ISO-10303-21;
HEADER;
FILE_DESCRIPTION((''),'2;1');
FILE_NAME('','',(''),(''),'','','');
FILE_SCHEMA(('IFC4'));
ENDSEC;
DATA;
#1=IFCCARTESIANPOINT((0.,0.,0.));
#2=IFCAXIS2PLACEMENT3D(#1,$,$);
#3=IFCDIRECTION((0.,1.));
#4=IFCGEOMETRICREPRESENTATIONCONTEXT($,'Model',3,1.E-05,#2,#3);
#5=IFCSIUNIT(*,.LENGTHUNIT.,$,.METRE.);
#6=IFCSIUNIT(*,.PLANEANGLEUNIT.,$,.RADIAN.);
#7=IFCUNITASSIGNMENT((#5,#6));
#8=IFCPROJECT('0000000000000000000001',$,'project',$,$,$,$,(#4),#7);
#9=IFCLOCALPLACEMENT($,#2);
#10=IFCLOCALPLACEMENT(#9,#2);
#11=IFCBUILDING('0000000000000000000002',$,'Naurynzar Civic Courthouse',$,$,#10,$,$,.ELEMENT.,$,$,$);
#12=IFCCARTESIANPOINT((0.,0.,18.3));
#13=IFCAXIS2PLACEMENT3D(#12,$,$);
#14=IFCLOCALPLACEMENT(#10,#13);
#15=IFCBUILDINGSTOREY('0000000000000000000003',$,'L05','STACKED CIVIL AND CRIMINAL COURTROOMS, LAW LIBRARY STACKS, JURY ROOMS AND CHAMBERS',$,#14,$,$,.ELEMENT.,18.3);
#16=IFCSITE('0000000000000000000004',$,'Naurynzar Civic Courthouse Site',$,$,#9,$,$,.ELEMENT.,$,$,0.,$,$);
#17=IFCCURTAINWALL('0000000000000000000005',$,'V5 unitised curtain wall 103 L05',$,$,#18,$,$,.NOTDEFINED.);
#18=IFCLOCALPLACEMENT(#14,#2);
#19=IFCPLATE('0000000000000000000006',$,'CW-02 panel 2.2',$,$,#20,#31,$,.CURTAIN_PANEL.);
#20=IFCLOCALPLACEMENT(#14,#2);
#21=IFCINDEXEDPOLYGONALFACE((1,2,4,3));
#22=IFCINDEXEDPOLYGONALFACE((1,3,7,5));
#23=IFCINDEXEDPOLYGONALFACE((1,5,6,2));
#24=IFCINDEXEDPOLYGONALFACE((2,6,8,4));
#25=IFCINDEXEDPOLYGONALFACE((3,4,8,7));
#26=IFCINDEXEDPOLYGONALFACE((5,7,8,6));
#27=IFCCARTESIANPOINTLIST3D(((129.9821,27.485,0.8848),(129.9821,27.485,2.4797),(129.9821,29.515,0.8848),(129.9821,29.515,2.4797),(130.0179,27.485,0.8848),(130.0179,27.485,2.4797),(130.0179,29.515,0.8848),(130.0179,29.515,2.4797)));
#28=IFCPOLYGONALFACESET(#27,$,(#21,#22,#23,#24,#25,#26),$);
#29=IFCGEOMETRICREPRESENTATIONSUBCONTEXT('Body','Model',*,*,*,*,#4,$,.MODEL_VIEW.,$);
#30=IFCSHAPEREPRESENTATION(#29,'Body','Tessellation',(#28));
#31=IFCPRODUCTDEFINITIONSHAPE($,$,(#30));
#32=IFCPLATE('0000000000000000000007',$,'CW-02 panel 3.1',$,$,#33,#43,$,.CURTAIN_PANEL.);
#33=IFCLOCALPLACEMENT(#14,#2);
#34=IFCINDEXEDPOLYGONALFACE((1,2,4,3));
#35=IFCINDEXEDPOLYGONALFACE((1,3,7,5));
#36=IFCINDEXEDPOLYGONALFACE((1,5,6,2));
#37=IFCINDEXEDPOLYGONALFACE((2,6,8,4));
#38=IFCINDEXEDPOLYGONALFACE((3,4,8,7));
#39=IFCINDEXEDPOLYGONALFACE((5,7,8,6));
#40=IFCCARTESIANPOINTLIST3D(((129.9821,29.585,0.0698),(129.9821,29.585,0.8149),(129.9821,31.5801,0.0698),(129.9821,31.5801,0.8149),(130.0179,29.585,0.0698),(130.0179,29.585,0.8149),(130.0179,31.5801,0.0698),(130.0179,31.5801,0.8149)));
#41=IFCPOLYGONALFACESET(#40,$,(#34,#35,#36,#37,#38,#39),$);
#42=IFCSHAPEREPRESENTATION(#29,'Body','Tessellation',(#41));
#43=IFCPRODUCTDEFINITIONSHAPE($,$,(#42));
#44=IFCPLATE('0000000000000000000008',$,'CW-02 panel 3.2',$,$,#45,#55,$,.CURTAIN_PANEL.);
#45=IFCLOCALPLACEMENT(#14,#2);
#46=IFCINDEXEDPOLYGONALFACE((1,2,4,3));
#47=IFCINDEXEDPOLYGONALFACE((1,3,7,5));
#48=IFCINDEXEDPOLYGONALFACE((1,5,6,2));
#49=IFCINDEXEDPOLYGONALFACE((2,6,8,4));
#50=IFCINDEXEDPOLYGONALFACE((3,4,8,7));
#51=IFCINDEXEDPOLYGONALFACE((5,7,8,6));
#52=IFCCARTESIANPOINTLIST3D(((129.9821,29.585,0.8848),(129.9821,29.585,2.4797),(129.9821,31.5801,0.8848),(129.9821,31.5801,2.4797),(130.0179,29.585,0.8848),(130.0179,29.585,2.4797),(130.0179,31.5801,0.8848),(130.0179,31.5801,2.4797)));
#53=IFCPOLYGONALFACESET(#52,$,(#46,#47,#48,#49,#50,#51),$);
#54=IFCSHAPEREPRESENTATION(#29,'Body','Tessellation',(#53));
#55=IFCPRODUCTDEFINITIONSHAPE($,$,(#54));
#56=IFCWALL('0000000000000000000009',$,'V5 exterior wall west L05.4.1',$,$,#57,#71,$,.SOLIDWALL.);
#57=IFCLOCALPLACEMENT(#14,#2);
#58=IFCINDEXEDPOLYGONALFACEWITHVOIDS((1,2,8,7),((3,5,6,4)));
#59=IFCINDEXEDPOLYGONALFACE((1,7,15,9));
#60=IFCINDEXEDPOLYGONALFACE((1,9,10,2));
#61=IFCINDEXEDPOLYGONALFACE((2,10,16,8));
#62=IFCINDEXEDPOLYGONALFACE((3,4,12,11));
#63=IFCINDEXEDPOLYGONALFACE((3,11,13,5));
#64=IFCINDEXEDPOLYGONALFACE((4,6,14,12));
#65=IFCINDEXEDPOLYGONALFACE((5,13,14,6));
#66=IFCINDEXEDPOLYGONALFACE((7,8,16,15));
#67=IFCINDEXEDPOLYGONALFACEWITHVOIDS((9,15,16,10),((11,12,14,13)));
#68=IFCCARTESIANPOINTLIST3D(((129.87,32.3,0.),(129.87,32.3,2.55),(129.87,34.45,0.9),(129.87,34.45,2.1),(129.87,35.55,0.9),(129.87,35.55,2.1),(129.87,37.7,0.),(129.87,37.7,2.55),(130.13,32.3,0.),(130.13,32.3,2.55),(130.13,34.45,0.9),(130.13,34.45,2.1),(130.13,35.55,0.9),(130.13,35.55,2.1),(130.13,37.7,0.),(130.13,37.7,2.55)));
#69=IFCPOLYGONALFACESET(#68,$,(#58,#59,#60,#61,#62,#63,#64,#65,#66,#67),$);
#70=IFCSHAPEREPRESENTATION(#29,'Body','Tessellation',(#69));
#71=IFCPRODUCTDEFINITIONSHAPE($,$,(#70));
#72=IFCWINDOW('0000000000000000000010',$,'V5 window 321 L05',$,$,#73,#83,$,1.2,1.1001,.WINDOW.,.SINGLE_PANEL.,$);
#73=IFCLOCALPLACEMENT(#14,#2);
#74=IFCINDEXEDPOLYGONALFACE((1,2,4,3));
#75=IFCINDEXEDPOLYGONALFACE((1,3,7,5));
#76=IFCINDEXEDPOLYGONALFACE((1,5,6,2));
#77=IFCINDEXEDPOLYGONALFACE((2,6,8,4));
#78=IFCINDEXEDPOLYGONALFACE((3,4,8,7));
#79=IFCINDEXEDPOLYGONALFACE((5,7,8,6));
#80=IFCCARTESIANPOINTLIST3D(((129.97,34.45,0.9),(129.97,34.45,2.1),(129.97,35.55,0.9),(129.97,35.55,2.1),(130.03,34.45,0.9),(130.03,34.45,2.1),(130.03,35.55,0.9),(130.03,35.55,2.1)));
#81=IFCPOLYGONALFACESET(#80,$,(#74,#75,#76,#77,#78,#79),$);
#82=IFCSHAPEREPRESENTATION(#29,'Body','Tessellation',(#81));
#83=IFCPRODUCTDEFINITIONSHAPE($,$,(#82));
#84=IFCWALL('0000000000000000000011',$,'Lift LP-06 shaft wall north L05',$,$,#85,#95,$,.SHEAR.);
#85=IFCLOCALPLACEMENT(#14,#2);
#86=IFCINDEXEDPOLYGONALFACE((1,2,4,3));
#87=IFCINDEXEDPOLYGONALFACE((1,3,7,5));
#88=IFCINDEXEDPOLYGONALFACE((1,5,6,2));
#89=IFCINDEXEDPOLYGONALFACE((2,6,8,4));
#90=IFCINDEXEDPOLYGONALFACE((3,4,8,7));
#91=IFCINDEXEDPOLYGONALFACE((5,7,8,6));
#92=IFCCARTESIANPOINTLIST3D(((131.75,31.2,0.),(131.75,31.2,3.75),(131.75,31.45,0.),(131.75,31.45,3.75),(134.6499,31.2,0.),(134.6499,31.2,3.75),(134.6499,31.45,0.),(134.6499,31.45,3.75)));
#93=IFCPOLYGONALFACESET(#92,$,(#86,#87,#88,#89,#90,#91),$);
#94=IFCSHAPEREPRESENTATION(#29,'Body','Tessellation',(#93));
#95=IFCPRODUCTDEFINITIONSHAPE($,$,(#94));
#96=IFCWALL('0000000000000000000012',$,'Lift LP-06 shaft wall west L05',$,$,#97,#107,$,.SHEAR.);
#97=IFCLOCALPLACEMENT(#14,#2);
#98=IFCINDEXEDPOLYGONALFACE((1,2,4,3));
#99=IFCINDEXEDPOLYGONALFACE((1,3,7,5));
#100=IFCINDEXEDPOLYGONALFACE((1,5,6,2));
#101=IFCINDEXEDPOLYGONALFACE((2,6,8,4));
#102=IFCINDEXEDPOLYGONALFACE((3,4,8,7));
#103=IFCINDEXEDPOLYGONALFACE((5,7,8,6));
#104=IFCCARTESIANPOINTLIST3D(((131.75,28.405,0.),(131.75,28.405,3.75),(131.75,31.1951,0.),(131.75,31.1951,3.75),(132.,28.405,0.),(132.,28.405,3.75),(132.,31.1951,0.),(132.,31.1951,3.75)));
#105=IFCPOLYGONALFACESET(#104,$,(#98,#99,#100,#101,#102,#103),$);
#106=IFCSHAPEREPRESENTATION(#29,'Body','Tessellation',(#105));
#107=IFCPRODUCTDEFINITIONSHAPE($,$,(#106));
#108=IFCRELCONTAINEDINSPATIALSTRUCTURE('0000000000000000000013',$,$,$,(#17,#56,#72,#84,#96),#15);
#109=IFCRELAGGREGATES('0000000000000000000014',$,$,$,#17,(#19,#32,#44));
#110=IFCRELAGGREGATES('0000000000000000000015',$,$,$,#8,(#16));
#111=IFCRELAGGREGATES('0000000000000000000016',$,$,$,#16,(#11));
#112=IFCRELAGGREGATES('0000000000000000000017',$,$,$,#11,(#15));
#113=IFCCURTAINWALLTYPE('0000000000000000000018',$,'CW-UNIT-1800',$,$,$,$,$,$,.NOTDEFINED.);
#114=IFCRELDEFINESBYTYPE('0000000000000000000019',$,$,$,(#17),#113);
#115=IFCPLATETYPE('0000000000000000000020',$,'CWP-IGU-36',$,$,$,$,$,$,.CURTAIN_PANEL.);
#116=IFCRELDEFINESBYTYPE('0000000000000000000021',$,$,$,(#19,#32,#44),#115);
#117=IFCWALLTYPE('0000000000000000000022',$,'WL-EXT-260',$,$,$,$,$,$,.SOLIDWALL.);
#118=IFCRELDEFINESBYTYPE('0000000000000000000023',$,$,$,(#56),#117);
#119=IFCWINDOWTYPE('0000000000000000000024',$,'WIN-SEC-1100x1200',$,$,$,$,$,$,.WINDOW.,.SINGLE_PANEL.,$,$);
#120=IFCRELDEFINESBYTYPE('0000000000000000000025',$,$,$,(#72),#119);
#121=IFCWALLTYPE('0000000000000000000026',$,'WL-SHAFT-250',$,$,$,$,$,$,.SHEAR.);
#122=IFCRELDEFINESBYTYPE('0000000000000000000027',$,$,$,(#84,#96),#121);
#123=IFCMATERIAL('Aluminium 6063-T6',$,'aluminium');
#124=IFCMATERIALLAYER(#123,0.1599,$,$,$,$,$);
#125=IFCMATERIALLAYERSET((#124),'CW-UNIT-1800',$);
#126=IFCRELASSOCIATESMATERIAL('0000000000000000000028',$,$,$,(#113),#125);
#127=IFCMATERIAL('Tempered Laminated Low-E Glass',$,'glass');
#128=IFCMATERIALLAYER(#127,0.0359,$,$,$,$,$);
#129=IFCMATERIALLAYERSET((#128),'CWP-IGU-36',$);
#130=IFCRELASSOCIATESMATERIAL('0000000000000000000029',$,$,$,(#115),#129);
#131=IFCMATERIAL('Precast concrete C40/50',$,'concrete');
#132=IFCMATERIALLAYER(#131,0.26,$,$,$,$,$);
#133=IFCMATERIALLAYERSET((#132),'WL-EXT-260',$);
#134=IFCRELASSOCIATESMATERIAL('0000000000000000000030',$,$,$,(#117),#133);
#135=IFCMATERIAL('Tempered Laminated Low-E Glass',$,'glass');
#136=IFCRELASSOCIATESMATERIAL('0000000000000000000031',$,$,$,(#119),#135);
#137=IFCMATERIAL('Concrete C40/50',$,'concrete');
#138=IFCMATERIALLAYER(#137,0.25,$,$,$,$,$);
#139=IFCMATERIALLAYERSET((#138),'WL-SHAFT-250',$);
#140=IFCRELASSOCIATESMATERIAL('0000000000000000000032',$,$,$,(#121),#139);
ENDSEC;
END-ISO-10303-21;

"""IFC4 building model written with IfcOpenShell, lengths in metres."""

from ifc_helpers import new_model, si_unit, direction, frame, frame_2d, origin, origin_2d, place, context, subcontext, project, spatial, rectangle, extrude, material, layer, layer_set, type_object, element, fill, aggregate, save


model = new_model("IFC4")

# Units and contexts
model_context = context("Model", 3, precision=1e-05, world=origin(), true_north=direction((0.0, 1.0)))
body_context = subcontext(model_context, "Body", "Model", "MODEL_VIEW")
ifc_project = project(units=[si_unit("LENGTHUNIT", "METRE"), si_unit("PLANEANGLEUNIT", "RADIAN")], contexts=[model_context])

# Site, building, storey
site_placement = place(None, origin())
site = spatial("IfcSite", under=ifc_project, at=site_placement, Name="Naurynzar Civic Courthouse Site", CompositionType="ELEMENT", RefElevation=0.0)
building_placement = place(site_placement, origin())
building = spatial("IfcBuilding", under=site, at=building_placement, Name="Naurynzar Civic Courthouse", CompositionType="ELEMENT")
storey_placement = place(building_placement, frame((0.0, 0.0, 18.3)))
storey = spatial("IfcBuildingStorey", under=building, at=storey_placement, Name="L05", Description="STACKED CIVIL AND CRIMINAL COURTROOMS, LAW LIBRARY STACKS, JURY ROOMS AND CHAMBERS", CompositionType="ELEMENT", Elevation=18.3)

# Curtain wall, plates
ifc_material_1 = material(Name="Aluminium 6063-T6", Category="aluminium")
ifc_layer_1 = layer(ifc_material_1, 0.1599)
ifc_layer_set_1 = layer_set([ifc_layer_1], Name="CW-UNIT-1800")
curtain_wall_type = type_object("IfcCurtainWallType", Name="CW-UNIT-1800", PredefinedType="NOTDEFINED", material=ifc_layer_set_1)
curtain_wall_placement = place(storey_placement, origin())
curtain_wall = element("IfcCurtainWall", 1, at=curtain_wall_placement, inside=storey, type_object=curtain_wall_type, Name="V5 unitised curtain wall 103 L05", PredefinedType="NOTDEFINED")
ifc_material_2 = material(Name="Tempered Laminated Low-E Glass", Category="glass")
ifc_layer_2 = layer(ifc_material_2, 0.0359)
ifc_layer_set_2 = layer_set([ifc_layer_2], Name="CWP-IGU-36")
plate_type = type_object("IfcPlateType", Name="CWP-IGU-36", PredefinedType="CURTAIN_PANEL", material=ifc_layer_set_2)
plate_1_placement = place(storey_placement, frame((130.0, 28.5, 0.8848), z_axis=(0.0, 0.0, 1.0), x_axis=(0.0, 1.0, 0.0)))
plate_1 = element("IfcPlate", 2, at=plate_1_placement, type_object=plate_type, Name="CW-02 panel 2.2", PredefinedType="CURTAIN_PANEL", context=body_context, shape_type="SweptSolid", body=[
    extrude(rectangle(XDim=2.03, YDim=0.0359, at=origin_2d()), origin(), (0.0, 0.0, 1.0), 1.595),
])
plate_2_placement = place(storey_placement, frame((130.0, 30.5825, 0.0698), z_axis=(0.0, 0.0, 1.0), x_axis=(0.0, 1.0, 0.0)))
plate_2 = element("IfcPlate", 3, at=plate_2_placement, type_object=plate_type, Name="CW-02 panel 3.1", PredefinedType="CURTAIN_PANEL", context=body_context, shape_type="SweptSolid", body=[
    extrude(rectangle(XDim=1.9951, YDim=0.0359, at=origin_2d()), origin(), (0.0, 0.0, 1.0), 0.7451),
])
plate_3_placement = place(storey_placement, frame((130.0, 30.5825, 0.8848), z_axis=(0.0, 0.0, 1.0), x_axis=(0.0, 1.0, 0.0)))
plate_3 = element("IfcPlate", 4, at=plate_3_placement, type_object=plate_type, Name="CW-02 panel 3.2", PredefinedType="CURTAIN_PANEL", context=body_context, shape_type="SweptSolid", body=[
    extrude(rectangle(XDim=1.9951, YDim=0.0359, at=origin_2d()), origin(), (0.0, 0.0, 1.0), 1.595),
])
aggregate(curtain_wall, [plate_1, plate_2, plate_3])

# Wall, opening, window
ifc_material_3 = material(Name="Precast concrete C40/50", Category="concrete")
ifc_layer_3 = layer(ifc_material_3, 0.26)
ifc_layer_set_3 = layer_set([ifc_layer_3], Name="WL-EXT-260")
wall_type_1 = type_object("IfcWallType", Name="WL-EXT-260", PredefinedType="SOLIDWALL", material=ifc_layer_set_3)
wall_1_placement = place(storey_placement, frame((130.0, 32.3, 0.0), z_axis=(0.0, 0.0, 1.0), x_axis=(0.0, 1.0, 0.0)))
wall_1 = element("IfcWall", 5, at=wall_1_placement, inside=storey, type_object=wall_type_1, Name="V5 exterior wall west L05.4.1", PredefinedType="SOLIDWALL", context=body_context, shape_type="SweptSolid", body=[
    extrude(rectangle(XDim=5.3999, YDim=0.26, at=frame_2d((2.7, 0.0))), origin(), (0.0, 0.0, 1.0), 2.55),
])
opening_1_placement = place(wall_1_placement, frame((2.1499, 0.0, 0.8999)))
opening_1 = element("IfcOpeningElement", 6, at=opening_1_placement, cuts=wall_1, PredefinedType="OPENING", context=body_context, shape_type="SweptSolid", body=[
    extrude(rectangle(XDim=1.1001, YDim=1.2, at=frame_2d((0.55, 0.6001))), frame((0.0, 0.1399, 0.0), z_axis=(0.0, -1.0, 0.0), x_axis=(1.0, 0.0, 0.0)), (0.0, 0.0, 1.0), 0.28),
])
ifc_material_4 = material(Name="Tempered Laminated Low-E Glass", Category="glass")
window_type = type_object("IfcWindowType", Name="WIN-SEC-1100x1200", PartitioningType="SINGLE_PANEL", PredefinedType="WINDOW", material=ifc_material_4)
window_placement = place(opening_1_placement, origin())
window = element("IfcWindow", 7, at=window_placement, inside=storey, type_object=window_type, Name="V5 window 321 L05", OverallHeight=1.2, OverallWidth=1.1001, PartitioningType="SINGLE_PANEL", PredefinedType="WINDOW", context=body_context, shape_type="SweptSolid", body=[
    extrude(rectangle(XDim=1.1001, YDim=1.2, at=frame_2d((0.55, 0.6001))), frame((0.0, 0.03, 0.0), z_axis=(0.0, -1.0, 0.0), x_axis=(1.0, 0.0, 0.0)), (0.0, 0.0, 1.0), 0.0601),
])
fill(opening_1, window)

# Walls
ifc_material_5 = material(Name="Concrete C40/50", Category="concrete")
ifc_layer_4 = layer(ifc_material_5, 0.25)
ifc_layer_set_4 = layer_set([ifc_layer_4], Name="WL-SHAFT-250")
wall_type_2 = type_object("IfcWallType", Name="WL-SHAFT-250", PredefinedType="SHEAR", material=ifc_layer_set_4)
wall_2_placement = place(storey_placement, frame((134.6499, 31.325, 0.0), z_axis=(0.0, 0.0, 1.0), x_axis=(-1.0, 0.0, 0.0)))
element("IfcWall", 8, at=wall_2_placement, inside=storey, type_object=wall_type_2, Name="Lift LP-06 shaft wall north L05", PredefinedType="SHEAR", context=body_context, shape_type="SweptSolid", body=[
    extrude(rectangle(XDim=2.8999, YDim=0.25, at=frame_2d((1.45, 0.0))), origin(), (0.0, 0.0, 1.0), 3.75),
])
wall_3_placement = place(storey_placement, frame((131.875, 31.1951, 0.0), z_axis=(0.0, 0.0, 1.0), x_axis=(0.0, -1.0, 0.0)))
element("IfcWall", 9, at=wall_3_placement, inside=storey, type_object=wall_type_2, Name="Lift LP-06 shaft wall west L05", PredefinedType="SHEAR", context=body_context, shape_type="SweptSolid", body=[
    extrude(rectangle(XDim=2.79, YDim=0.25, at=frame_2d((1.395, 0.0))), origin(), (0.0, 0.0, 1.0), 3.75),
])

save(model, "model.ifc")
